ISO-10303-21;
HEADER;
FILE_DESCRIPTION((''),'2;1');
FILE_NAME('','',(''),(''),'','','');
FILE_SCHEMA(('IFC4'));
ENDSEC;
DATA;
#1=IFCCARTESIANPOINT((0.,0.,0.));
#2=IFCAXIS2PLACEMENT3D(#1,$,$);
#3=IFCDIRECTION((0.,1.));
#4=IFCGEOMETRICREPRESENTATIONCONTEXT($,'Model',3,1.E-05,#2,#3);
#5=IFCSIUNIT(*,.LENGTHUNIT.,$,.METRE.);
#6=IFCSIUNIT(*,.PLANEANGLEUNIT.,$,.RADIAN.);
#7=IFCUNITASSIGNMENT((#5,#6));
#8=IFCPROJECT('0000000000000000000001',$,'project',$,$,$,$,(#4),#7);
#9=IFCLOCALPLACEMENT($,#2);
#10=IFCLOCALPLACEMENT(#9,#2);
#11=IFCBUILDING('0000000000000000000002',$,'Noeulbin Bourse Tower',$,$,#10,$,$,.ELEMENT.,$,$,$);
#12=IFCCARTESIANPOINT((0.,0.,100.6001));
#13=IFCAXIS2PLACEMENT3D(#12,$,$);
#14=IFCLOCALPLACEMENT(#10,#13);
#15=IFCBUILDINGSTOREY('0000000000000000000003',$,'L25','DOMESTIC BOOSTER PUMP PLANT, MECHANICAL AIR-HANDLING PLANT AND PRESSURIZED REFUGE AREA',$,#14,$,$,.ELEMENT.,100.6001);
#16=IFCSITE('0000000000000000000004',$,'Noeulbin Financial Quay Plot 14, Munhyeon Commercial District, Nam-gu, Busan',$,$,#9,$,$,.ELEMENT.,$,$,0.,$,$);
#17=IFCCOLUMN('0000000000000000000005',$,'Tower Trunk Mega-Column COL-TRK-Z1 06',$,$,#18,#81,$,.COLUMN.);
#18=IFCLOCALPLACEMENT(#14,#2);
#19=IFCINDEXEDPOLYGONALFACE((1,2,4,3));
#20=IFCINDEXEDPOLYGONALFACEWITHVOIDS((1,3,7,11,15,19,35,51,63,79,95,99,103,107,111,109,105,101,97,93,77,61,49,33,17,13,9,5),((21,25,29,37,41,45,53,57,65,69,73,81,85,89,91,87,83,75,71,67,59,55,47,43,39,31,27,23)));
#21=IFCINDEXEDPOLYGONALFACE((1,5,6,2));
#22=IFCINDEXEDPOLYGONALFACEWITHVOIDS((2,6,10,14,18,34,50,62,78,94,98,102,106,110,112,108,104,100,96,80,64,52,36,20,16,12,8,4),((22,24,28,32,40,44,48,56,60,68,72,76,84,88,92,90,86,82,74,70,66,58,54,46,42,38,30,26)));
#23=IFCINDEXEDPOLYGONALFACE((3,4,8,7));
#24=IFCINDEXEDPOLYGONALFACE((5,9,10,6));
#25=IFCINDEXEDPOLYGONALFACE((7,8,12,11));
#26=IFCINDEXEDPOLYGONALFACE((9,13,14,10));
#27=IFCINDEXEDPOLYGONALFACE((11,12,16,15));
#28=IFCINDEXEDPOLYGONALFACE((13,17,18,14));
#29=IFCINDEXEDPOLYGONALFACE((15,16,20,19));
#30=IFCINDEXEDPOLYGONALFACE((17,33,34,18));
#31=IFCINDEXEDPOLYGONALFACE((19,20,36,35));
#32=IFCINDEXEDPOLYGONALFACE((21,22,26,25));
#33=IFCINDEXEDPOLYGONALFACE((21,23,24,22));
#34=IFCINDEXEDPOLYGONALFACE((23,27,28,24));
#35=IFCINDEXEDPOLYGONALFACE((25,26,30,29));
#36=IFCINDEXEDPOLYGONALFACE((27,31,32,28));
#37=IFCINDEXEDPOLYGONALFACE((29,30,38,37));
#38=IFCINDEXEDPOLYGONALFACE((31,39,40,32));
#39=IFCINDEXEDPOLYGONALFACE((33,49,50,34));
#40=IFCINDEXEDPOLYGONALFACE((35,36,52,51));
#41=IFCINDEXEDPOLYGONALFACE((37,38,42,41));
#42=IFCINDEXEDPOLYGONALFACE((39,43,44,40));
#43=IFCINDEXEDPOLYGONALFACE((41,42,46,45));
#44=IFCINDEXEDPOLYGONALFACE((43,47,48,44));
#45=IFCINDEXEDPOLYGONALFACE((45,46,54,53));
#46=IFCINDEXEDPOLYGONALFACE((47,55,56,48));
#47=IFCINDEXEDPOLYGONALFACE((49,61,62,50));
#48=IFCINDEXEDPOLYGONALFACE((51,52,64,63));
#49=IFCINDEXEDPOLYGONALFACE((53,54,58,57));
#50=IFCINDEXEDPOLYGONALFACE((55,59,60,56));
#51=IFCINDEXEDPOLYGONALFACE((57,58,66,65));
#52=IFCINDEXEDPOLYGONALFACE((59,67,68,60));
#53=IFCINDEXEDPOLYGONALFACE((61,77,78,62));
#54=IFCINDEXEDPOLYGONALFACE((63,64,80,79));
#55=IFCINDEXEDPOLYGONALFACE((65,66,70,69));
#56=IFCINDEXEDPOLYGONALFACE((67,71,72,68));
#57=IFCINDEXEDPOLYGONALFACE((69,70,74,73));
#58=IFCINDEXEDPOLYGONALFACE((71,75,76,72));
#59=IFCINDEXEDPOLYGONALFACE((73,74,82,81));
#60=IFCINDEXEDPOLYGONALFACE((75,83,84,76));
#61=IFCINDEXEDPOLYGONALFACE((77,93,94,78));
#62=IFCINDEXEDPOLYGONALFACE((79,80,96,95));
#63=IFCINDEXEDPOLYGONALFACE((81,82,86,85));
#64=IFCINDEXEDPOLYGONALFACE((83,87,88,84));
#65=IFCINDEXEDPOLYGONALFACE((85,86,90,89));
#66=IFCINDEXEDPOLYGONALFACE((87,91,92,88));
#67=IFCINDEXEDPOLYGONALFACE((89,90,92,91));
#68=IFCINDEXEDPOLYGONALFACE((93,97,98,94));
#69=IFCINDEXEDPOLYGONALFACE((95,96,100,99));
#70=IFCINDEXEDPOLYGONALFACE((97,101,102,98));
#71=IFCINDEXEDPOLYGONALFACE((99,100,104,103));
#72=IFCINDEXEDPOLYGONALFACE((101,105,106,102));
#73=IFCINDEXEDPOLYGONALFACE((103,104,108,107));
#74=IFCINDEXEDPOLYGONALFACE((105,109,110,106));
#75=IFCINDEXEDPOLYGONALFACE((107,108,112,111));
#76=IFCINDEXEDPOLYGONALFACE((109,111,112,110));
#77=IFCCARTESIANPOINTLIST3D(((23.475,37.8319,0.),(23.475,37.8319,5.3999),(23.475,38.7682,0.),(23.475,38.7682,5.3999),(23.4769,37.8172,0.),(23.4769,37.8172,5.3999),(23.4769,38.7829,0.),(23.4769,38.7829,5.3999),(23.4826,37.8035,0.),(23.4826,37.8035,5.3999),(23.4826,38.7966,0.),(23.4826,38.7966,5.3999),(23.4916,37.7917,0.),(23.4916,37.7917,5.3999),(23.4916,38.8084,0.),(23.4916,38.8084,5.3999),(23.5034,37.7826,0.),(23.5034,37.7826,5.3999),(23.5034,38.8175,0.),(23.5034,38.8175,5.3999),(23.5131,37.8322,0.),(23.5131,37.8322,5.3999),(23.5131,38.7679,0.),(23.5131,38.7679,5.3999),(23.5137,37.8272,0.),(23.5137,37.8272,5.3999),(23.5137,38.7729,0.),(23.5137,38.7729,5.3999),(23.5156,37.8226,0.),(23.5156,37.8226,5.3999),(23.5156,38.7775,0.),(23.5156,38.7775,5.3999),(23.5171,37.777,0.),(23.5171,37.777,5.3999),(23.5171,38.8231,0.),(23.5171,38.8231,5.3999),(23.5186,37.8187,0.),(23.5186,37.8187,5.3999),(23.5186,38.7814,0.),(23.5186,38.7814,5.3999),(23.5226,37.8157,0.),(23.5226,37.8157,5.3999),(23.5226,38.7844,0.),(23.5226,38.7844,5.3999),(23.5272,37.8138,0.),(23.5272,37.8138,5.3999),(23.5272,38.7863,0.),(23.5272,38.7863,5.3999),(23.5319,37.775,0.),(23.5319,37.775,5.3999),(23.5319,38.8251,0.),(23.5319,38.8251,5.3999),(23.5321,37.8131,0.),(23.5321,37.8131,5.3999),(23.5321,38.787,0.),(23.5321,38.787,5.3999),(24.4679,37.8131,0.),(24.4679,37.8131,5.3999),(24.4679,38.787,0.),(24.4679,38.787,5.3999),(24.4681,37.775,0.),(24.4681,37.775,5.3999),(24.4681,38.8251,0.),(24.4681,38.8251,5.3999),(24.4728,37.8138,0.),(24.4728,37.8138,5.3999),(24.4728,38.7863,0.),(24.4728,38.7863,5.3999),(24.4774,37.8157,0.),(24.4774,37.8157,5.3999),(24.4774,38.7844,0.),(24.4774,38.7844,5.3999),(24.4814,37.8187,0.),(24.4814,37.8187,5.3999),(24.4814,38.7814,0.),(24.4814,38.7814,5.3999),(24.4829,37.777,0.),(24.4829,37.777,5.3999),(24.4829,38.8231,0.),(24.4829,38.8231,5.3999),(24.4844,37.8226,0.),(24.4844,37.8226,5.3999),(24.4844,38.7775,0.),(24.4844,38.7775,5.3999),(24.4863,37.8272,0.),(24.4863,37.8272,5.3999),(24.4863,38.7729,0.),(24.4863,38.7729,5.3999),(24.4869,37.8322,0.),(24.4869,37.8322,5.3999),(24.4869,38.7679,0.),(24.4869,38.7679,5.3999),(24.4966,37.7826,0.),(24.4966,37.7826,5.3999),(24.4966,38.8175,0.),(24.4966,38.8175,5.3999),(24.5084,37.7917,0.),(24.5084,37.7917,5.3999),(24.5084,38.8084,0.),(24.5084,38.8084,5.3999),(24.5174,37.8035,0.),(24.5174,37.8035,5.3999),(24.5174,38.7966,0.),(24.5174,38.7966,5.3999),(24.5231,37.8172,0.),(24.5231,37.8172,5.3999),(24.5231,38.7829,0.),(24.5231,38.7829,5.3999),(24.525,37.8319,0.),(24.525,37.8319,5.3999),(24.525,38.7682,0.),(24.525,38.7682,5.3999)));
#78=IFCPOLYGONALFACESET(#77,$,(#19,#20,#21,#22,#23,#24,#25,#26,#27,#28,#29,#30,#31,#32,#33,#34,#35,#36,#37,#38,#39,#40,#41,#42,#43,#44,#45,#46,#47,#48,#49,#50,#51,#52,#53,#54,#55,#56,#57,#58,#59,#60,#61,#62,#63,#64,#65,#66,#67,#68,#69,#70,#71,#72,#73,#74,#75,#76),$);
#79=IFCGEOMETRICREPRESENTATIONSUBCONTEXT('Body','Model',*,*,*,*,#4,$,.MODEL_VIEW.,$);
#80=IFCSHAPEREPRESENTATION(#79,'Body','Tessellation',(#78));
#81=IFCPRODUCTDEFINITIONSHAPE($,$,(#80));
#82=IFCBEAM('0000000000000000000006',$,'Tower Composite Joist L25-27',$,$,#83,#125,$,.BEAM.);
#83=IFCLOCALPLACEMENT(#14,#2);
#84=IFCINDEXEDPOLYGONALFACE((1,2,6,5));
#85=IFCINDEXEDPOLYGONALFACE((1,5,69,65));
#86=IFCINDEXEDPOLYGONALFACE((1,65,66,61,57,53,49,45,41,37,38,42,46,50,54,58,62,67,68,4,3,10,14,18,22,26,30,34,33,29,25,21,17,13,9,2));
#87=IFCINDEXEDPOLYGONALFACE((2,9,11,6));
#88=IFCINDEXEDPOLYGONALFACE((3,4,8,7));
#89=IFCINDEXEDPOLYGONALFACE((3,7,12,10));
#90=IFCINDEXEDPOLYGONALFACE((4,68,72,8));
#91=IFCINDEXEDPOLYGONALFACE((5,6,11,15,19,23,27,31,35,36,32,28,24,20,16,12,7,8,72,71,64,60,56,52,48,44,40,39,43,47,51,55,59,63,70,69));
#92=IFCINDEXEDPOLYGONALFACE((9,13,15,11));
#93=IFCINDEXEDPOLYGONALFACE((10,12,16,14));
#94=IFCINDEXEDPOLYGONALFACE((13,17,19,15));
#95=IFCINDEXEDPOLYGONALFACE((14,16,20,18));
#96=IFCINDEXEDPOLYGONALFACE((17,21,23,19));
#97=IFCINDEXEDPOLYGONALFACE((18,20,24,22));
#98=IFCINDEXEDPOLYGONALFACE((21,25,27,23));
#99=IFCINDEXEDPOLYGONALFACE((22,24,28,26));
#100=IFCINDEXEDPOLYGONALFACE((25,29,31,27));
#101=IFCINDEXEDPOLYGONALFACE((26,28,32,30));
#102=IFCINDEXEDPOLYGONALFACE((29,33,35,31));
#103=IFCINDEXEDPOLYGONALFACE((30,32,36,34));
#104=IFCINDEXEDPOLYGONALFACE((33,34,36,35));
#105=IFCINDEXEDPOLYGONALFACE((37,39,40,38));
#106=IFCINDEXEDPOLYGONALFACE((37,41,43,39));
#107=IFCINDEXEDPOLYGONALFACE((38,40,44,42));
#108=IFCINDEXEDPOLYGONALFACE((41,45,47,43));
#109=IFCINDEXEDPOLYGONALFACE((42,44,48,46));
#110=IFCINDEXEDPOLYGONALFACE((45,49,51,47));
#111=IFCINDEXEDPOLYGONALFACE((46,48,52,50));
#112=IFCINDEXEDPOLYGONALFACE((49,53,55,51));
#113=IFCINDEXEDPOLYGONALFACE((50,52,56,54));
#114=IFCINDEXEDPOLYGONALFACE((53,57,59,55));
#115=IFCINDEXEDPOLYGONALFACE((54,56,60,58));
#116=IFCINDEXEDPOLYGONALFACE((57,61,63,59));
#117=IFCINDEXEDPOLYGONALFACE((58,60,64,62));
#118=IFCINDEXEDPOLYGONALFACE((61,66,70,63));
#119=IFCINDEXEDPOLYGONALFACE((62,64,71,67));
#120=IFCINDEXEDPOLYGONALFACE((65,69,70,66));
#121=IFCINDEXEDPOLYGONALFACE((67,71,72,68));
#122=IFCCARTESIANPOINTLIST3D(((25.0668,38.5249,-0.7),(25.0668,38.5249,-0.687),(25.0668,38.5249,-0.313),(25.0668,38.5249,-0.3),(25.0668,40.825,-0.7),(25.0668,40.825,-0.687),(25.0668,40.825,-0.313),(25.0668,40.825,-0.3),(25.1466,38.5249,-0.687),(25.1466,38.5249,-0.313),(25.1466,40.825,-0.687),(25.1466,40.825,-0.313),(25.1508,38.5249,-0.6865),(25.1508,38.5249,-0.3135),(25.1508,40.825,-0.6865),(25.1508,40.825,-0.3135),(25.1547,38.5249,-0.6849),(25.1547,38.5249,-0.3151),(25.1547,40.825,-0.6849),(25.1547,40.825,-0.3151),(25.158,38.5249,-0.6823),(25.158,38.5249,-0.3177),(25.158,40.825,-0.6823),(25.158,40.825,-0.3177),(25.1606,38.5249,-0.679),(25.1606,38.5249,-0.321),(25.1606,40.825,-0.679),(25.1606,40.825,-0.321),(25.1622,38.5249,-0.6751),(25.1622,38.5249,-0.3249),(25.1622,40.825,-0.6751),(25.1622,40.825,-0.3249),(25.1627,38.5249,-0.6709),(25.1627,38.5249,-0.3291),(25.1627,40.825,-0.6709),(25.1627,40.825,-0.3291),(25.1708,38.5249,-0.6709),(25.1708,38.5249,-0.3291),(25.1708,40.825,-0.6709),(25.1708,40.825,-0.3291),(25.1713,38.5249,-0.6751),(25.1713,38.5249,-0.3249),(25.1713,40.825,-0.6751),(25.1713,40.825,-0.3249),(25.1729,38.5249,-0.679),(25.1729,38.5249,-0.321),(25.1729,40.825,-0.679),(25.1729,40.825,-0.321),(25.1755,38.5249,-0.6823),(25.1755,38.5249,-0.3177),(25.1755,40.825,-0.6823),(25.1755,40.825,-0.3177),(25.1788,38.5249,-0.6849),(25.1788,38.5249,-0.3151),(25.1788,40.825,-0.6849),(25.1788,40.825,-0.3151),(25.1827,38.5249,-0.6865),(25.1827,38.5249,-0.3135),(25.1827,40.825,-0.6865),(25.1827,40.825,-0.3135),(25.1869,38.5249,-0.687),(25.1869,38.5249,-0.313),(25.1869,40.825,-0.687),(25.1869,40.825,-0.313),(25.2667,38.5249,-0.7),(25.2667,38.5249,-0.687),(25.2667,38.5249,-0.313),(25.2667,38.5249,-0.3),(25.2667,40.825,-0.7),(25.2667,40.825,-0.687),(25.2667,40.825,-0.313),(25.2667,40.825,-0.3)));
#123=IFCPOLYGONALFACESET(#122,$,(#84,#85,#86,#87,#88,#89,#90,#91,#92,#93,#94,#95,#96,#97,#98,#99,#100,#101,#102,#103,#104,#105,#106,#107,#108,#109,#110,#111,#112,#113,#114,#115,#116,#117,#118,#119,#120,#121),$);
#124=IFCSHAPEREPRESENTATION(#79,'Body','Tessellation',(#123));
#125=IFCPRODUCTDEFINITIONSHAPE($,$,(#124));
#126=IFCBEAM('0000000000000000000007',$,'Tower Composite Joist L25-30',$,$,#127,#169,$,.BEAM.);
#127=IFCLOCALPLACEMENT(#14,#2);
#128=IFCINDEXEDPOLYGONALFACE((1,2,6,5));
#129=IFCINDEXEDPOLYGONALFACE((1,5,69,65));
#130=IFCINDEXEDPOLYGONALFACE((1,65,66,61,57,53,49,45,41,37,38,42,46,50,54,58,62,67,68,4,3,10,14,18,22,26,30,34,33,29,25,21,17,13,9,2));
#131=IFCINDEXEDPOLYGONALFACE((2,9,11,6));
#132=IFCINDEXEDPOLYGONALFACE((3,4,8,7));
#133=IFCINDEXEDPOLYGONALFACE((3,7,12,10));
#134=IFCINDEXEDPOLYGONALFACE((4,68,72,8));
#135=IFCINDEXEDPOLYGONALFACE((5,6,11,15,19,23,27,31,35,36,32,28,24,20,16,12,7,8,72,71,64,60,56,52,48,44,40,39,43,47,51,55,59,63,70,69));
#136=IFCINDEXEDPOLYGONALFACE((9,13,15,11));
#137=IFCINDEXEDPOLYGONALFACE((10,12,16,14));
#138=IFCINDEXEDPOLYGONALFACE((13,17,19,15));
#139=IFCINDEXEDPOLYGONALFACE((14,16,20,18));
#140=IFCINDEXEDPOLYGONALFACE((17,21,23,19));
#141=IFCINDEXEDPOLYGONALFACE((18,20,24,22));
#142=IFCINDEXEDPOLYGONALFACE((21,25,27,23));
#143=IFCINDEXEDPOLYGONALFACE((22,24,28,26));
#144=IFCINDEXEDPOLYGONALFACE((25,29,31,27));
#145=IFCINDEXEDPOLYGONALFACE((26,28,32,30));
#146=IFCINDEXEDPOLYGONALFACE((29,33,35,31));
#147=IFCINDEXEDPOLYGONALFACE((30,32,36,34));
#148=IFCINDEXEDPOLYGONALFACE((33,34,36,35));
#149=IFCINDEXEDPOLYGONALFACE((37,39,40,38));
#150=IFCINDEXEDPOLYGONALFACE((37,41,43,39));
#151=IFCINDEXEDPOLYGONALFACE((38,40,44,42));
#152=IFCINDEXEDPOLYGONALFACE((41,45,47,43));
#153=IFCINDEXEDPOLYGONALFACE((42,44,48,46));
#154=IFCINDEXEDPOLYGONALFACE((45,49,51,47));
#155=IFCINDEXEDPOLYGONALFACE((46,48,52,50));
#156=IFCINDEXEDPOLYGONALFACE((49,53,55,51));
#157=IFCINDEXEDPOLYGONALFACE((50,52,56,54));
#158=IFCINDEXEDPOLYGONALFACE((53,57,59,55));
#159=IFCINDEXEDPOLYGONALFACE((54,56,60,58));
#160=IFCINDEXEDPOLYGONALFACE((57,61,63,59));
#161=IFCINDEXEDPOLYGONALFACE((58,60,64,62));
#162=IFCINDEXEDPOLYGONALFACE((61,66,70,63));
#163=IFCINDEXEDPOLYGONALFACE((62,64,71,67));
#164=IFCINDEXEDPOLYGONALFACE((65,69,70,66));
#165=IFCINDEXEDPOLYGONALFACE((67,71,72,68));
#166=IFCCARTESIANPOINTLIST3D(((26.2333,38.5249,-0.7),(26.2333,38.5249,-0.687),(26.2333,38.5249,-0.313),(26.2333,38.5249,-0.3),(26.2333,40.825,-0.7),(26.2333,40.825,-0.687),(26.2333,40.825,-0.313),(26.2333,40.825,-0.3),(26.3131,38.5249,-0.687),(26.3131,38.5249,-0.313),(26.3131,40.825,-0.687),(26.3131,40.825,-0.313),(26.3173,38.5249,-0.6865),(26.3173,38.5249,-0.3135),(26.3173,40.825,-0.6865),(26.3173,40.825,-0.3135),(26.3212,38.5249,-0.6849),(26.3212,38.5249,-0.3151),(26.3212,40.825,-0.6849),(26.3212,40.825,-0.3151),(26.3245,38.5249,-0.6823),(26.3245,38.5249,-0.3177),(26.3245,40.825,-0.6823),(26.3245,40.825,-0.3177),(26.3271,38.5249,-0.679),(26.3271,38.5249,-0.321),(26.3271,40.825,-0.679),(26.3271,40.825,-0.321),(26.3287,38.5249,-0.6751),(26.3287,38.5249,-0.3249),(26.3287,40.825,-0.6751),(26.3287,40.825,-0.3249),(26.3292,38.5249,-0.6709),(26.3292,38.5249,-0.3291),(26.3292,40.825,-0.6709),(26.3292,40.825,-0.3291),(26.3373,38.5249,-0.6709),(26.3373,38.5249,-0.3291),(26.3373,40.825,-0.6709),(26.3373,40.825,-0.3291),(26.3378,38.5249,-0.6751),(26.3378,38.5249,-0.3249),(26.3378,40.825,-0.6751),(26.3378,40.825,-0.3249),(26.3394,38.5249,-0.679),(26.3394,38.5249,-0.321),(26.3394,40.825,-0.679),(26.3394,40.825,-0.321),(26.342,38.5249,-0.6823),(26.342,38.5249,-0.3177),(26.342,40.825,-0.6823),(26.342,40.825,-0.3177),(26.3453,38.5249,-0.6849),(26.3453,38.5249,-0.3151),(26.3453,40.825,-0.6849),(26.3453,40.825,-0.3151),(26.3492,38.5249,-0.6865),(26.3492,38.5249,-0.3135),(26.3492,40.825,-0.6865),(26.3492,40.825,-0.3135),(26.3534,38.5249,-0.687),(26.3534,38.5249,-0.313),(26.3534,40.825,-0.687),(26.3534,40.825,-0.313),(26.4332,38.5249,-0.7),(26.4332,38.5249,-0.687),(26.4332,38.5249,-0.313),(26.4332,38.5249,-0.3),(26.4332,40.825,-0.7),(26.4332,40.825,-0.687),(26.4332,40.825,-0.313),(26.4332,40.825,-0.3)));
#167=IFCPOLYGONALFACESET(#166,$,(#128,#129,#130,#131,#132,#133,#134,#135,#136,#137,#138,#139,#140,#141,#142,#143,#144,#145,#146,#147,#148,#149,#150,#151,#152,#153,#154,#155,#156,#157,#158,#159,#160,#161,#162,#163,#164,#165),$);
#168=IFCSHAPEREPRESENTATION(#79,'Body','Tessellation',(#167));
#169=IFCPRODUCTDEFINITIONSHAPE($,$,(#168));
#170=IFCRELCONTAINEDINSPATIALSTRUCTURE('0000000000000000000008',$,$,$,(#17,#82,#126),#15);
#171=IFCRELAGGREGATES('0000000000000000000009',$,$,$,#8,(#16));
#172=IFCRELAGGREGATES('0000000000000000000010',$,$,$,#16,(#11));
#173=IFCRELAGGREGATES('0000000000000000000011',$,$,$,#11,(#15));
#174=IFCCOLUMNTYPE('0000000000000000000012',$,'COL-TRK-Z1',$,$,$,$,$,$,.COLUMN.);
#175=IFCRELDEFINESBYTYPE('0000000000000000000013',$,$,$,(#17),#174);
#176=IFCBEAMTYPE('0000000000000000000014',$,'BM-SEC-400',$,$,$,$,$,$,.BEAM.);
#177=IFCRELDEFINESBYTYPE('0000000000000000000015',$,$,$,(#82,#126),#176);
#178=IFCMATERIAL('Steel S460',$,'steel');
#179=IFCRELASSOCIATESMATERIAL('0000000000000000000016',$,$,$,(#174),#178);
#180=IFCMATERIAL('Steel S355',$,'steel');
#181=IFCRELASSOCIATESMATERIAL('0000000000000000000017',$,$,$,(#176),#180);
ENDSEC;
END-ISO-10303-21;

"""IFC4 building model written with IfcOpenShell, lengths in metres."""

from ifc_helpers import new_model, si_unit, direction, frame, origin, origin_2d, place, context, subcontext, project, spatial, hollow_rectangle, i_section, extrude, material, material_profile, profile_set, type_object, element, save


model = new_model("IFC4")

# Units and contexts
model_context = context("Model", 3, precision=1e-05, world=origin(), true_north=direction((0.0, 1.0)))
body_context = subcontext(model_context, "Body", "Model", "MODEL_VIEW")
ifc_project = project(units=[si_unit("LENGTHUNIT", "METRE"), si_unit("PLANEANGLEUNIT", "RADIAN")], contexts=[model_context])

# Site, building, storey
site_placement = place(None, origin())
site = spatial("IfcSite", under=ifc_project, at=site_placement, Name="Noeulbin Financial Quay Plot 14, Munhyeon Commercial District, Nam-gu, Busan", CompositionType="ELEMENT", RefElevation=0.0)
building_placement = place(site_placement, origin())
building = spatial("IfcBuilding", under=site, at=building_placement, Name="Noeulbin Bourse Tower", CompositionType="ELEMENT")
storey_placement = place(building_placement, frame((0.0, 0.0, 100.6001)))
storey = spatial("IfcBuildingStorey", under=building, at=storey_placement, Name="L25", Description="DOMESTIC BOOSTER PUMP PLANT, MECHANICAL AIR-HANDLING PLANT AND PRESSURIZED REFUGE AREA", CompositionType="ELEMENT", Elevation=100.6001)

# Column
ifc_material_1 = material(Name="Steel S460", Category="steel")
ifc_material_profile_1 = material_profile(ifc_material_1, hollow_rectangle(XDim=1.05, YDim=1.05, WallThickness=0.0381, InnerFilletRadius=0.019, OuterFilletRadius=0.0569, at=origin_2d()), Name="BOX-1050x1050x38", Category="LoadBearing")
ifc_profile_set_1 = profile_set([ifc_material_profile_1], Name="Steel S460")
column_type_1 = type_object("IfcColumnType", Name="COL-TRK-Z1", PredefinedType="COLUMN", material=ifc_profile_set_1)
for number, where, z_axis, x_axis, name in (
    (1, (24.0, 38.3, 0.0), (0.0, 0.0, 1.0), (1.0, 0.0, 0.0), "Tower Trunk Mega-Column COL-TRK-Z1 06"),
):
    element("IfcColumn", number, at=place(storey_placement, frame(where, z_axis=z_axis, x_axis=x_axis)), inside=storey, type_object=column_type_1, Name=name, PredefinedType="COLUMN", context=body_context, shape_type="SweptSolid", body=[
        extrude(hollow_rectangle(XDim=1.05, YDim=1.05, WallThickness=0.0381, InnerFilletRadius=0.019, OuterFilletRadius=0.0569, at=origin_2d()), origin(), (0.0, 0.0, 1.0), 5.3999),
    ])

# Beams
ifc_material_2 = material(Name="Steel S355", Category="steel")
ifc_material_profile_2 = material_profile(ifc_material_2, i_section(OverallWidth=0.2, OverallDepth=0.3999, WebThickness=0.0081, FlangeThickness=0.0129, FilletRadius=0.0161, at=origin_2d()), Name="H-400x200x8x13", Category="LoadBearing")
ifc_profile_set_2 = profile_set([ifc_material_profile_2], Name="Steel S355")
beam_type_1 = type_object("IfcBeamType", Name="BM-SEC-400", PredefinedType="BEAM", material=ifc_profile_set_2)
for number, where, z_axis, x_axis, name in (
    (2, (25.1667, 38.5249, -0.5), (0.0, 1.0, 0.0), (-1.0, 0.0, 0.0), "Tower Composite Joist L25-27"),
    (3, (26.3333, 38.5249, -0.5), (0.0, 1.0, 0.0), (-1.0, 0.0, 0.0), "Tower Composite Joist L25-30"),
):
    element("IfcBeam", number, at=place(storey_placement, frame(where, z_axis=z_axis, x_axis=x_axis)), inside=storey, type_object=beam_type_1, Name=name, PredefinedType="BEAM", context=body_context, shape_type="SweptSolid", body=[
        extrude(i_section(OverallWidth=0.2, OverallDepth=0.3999, WebThickness=0.0081, FlangeThickness=0.0129, FilletRadius=0.0161, at=origin_2d()), origin(), (0.0, 0.0, 1.0), 2.3),
    ])

save(model, "model.ifc")
